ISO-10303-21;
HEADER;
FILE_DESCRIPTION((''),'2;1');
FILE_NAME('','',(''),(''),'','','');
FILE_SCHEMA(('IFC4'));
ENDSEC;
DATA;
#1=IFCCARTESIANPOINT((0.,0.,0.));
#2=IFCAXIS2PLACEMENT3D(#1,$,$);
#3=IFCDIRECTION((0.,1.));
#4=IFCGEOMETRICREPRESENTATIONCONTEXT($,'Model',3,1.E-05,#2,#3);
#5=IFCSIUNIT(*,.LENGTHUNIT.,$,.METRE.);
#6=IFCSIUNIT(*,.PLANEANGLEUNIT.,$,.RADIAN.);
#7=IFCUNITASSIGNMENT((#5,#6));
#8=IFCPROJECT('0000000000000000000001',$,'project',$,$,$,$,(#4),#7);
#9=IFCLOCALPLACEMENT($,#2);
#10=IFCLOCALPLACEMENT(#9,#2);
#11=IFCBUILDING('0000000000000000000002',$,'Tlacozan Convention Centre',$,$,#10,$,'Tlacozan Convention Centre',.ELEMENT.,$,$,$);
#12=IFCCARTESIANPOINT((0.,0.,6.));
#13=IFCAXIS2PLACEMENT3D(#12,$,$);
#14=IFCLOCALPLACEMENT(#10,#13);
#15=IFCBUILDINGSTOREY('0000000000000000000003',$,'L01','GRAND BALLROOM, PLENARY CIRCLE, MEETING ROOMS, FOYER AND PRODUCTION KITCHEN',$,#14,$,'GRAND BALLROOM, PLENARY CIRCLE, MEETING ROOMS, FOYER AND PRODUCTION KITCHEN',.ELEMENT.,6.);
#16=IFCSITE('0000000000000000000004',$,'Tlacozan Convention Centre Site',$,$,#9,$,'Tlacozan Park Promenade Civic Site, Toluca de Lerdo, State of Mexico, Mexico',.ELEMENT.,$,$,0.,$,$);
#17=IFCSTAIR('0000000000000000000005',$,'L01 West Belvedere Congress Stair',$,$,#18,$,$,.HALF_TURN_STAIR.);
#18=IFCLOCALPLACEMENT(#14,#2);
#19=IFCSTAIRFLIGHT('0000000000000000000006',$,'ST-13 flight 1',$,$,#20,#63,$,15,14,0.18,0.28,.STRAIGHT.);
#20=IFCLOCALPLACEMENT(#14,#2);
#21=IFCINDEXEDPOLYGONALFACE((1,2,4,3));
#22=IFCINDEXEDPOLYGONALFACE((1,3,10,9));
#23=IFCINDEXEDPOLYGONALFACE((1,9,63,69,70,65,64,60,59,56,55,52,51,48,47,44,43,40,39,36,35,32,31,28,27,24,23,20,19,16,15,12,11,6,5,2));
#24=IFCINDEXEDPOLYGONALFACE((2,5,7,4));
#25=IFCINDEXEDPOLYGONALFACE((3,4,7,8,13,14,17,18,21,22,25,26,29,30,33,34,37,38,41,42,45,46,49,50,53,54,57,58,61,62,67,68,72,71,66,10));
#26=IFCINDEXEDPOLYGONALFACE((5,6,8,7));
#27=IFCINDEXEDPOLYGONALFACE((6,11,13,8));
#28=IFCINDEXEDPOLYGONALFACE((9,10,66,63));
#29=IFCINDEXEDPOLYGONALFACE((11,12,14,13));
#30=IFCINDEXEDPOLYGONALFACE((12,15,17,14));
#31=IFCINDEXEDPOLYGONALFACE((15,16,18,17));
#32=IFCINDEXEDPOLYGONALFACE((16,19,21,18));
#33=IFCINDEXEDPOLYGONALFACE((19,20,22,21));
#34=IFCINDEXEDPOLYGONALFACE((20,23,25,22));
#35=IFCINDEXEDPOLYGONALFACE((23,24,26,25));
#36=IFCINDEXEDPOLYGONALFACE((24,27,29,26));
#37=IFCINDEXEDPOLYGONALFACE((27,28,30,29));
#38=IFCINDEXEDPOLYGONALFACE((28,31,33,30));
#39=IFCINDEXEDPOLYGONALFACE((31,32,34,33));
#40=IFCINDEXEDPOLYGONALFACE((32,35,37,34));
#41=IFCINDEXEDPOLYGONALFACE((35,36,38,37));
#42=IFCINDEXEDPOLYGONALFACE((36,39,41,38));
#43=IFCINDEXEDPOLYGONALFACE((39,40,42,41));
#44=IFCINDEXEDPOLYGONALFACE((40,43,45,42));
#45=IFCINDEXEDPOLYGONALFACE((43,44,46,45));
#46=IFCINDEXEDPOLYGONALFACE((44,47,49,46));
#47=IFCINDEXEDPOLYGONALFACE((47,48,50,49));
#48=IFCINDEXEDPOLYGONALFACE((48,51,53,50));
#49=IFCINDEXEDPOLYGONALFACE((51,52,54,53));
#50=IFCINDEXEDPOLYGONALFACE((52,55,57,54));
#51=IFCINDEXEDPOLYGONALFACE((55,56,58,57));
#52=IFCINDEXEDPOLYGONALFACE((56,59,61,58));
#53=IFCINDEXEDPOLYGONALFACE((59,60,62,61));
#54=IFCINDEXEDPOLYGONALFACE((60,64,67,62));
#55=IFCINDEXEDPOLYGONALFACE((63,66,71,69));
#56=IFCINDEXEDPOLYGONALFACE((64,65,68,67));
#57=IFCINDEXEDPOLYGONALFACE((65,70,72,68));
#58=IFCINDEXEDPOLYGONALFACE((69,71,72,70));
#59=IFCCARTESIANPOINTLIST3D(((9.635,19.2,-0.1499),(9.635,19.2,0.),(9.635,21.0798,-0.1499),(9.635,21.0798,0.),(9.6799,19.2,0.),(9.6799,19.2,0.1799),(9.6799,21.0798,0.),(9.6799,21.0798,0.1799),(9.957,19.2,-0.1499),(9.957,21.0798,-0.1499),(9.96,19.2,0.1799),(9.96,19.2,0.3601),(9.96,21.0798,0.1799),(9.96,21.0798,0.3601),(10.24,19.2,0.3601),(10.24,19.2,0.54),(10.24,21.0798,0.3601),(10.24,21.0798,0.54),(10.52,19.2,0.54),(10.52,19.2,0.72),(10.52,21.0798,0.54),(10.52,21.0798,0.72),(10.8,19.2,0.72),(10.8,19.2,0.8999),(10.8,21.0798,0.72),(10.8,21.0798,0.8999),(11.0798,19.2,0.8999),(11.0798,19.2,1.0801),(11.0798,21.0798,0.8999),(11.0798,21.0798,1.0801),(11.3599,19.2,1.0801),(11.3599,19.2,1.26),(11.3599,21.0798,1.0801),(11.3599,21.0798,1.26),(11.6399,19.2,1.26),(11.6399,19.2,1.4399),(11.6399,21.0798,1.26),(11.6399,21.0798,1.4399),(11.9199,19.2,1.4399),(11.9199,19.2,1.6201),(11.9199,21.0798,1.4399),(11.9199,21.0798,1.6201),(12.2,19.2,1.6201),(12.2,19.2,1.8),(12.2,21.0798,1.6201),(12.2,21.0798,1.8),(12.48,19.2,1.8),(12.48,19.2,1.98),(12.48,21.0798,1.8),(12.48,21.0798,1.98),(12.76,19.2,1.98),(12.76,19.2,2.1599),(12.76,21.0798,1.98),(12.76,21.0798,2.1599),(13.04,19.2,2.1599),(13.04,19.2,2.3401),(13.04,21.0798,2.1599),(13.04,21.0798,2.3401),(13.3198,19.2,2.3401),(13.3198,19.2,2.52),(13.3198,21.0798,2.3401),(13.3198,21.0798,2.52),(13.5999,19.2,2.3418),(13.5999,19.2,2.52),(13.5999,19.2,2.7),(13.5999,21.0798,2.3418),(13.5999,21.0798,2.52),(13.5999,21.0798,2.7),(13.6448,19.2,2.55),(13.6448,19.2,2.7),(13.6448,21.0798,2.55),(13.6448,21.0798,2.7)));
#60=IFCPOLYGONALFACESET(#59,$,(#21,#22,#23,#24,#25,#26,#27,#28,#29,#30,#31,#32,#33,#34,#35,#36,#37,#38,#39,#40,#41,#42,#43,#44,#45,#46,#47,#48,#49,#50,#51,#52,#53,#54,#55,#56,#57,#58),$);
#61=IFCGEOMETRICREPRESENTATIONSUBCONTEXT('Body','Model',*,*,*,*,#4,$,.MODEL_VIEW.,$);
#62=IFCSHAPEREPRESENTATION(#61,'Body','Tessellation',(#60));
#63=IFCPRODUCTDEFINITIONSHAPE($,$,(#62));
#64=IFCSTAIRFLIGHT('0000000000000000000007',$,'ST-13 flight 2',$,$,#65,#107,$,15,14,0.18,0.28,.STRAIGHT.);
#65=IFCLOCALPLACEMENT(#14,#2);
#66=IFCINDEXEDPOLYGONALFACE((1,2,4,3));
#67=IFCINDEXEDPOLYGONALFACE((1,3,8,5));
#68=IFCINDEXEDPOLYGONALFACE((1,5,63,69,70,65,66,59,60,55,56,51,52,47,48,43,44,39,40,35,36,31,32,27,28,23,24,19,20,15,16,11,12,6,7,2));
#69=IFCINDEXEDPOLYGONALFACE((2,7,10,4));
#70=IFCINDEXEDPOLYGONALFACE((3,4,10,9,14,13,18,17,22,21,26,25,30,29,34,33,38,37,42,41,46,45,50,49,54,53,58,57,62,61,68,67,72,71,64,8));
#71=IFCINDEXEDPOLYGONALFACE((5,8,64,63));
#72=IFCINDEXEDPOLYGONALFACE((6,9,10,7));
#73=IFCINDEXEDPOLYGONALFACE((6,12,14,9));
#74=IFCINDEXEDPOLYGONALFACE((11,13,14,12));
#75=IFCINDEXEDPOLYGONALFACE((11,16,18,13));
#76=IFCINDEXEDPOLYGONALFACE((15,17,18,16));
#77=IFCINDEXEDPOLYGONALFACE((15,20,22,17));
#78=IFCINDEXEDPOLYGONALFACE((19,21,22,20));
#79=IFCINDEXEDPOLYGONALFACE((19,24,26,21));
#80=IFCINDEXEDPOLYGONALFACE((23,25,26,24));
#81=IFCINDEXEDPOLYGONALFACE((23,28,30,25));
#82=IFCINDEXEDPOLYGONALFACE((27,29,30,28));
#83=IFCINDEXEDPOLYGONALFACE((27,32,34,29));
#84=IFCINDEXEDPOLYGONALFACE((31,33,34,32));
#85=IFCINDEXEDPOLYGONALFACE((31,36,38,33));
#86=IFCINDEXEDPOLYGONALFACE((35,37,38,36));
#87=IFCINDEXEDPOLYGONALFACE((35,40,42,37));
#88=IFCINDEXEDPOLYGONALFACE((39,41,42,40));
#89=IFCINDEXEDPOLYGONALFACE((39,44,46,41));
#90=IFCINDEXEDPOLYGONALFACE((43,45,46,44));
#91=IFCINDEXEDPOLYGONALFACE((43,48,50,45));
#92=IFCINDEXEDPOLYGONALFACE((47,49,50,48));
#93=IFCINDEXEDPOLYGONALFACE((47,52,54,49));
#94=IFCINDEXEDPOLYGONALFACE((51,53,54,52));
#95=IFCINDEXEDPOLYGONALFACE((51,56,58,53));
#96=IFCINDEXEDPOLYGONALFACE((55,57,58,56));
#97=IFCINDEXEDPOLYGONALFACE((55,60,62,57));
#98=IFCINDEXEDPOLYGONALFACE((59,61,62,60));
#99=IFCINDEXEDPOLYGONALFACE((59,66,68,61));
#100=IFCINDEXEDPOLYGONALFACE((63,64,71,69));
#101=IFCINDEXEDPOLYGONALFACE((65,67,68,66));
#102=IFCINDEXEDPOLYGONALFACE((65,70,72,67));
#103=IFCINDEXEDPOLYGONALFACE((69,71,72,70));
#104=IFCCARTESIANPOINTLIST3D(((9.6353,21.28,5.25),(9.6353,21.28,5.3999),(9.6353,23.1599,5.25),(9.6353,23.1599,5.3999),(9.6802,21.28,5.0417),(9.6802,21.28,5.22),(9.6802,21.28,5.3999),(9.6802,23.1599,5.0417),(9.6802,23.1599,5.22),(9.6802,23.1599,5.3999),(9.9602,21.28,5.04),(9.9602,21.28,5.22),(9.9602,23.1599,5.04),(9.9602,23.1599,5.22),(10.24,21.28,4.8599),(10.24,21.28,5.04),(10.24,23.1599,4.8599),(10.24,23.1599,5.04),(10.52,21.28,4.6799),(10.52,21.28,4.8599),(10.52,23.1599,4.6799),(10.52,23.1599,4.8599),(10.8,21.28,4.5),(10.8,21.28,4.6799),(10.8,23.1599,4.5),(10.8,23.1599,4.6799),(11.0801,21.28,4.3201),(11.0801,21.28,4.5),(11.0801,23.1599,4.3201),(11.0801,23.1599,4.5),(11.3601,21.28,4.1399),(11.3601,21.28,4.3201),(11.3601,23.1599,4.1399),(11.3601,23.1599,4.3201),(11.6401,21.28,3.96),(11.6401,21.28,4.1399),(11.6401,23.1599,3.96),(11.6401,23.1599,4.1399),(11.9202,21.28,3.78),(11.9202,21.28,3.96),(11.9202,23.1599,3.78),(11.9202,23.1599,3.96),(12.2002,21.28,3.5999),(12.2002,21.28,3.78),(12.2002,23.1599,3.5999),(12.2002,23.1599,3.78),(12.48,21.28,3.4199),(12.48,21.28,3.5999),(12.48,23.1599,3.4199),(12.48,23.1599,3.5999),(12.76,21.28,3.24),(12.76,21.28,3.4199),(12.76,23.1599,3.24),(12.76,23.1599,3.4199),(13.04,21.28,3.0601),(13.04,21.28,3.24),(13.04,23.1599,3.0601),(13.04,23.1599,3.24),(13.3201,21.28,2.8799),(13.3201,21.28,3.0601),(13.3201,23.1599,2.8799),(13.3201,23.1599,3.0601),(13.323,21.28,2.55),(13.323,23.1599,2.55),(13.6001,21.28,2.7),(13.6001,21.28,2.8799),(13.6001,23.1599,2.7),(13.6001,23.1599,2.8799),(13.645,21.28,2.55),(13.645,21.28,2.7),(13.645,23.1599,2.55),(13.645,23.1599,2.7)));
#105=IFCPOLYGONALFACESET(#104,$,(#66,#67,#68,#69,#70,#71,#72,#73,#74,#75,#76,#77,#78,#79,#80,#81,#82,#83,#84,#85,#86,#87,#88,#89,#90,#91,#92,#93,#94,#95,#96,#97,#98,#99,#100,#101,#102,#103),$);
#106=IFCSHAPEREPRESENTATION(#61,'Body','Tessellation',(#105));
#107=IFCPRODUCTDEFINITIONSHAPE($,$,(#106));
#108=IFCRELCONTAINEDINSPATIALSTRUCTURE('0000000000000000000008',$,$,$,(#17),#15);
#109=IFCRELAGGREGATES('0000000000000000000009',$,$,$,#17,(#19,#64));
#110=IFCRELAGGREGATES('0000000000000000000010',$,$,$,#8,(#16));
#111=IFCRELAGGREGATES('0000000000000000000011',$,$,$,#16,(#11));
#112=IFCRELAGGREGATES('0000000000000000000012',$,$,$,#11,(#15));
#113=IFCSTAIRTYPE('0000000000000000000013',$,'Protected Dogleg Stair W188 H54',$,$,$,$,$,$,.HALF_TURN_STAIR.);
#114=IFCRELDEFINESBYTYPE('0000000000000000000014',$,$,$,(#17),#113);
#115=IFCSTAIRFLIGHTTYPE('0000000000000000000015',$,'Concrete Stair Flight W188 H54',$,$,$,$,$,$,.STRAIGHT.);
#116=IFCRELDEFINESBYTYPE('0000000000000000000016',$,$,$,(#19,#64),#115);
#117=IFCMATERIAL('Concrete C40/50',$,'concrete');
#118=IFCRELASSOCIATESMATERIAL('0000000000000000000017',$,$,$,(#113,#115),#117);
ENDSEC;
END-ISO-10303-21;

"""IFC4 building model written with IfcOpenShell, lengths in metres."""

from ifc_helpers import new_model, si_unit, direction, frame, origin, place, context, subcontext, project, spatial, polyline, outline, extrude, material, type_object, element, aggregate, save


model = new_model("IFC4")

# Units and contexts
model_context = context("Model", 3, precision=1e-05, world=origin(), true_north=direction((0.0, 1.0)))
body_context = subcontext(model_context, "Body", "Model", "MODEL_VIEW")
ifc_project = project(units=[si_unit("LENGTHUNIT", "METRE"), si_unit("PLANEANGLEUNIT", "RADIAN")], contexts=[model_context])

# Site, building, storey
site_placement = place(None, origin())
site = spatial("IfcSite", under=ifc_project, at=site_placement, Name="Tlacozan Convention Centre Site", LongName="Tlacozan Park Promenade Civic Site, Toluca de Lerdo, State of Mexico, Mexico", CompositionType="ELEMENT", RefElevation=0.0)
building_placement = place(site_placement, origin())
building = spatial("IfcBuilding", under=site, at=building_placement, Name="Tlacozan Convention Centre", LongName="Tlacozan Convention Centre", CompositionType="ELEMENT")
storey_placement = place(building_placement, frame((0.0, 0.0, 6.0)))
storey = spatial("IfcBuildingStorey", under=building, at=storey_placement, Name="L01", Description="GRAND BALLROOM, PLENARY CIRCLE, MEETING ROOMS, FOYER AND PRODUCTION KITCHEN", LongName="GRAND BALLROOM, PLENARY CIRCLE, MEETING ROOMS, FOYER AND PRODUCTION KITCHEN", CompositionType="ELEMENT", Elevation=6.0)

# Shared definitions
ifc_material_1 = material(Name="Concrete C40/50", Category="concrete")

# Stair, stair flights
stair_type = type_object("IfcStairType", Name="Protected Dogleg Stair W188 H54", PredefinedType="HALF_TURN_STAIR", material=ifc_material_1)
stair_placement = place(storey_placement, origin())
stair = element("IfcStair", 1, at=stair_placement, inside=storey, type_object=stair_type, Name="L01 West Belvedere Congress Stair", PredefinedType="HALF_TURN_STAIR")
stair_flight_type = type_object("IfcStairFlightType", Name="Concrete Stair Flight W188 H54", PredefinedType="STRAIGHT", material=ifc_material_1)
stair_flight_1_placement = place(storey_placement, frame((9.6799, 20.1399, 0.0), z_axis=(0.0, 0.0, 1.0), x_axis=(1.0, 0.0, 0.0)))
stair_flight_1 = element("IfcStairFlight", 2, at=stair_flight_1_placement, type_object=stair_flight_type, Name="ST-13 flight 1", NumberOfRisers=15, NumberOfTreads=14, PredefinedType="STRAIGHT", RiserHeight=0.18, TreadLength=0.28, context=body_context, shape_type="SweptSolid", body=[
    extrude(outline(polyline([(-0.0449, -0.1499), (-0.0449, 0.0), (0.0, 0.0), (0.0, 0.1799), (0.28, 0.1799), (0.28, 0.3601), (0.5601, 0.3601), (0.5601, 0.54), (0.8401, 0.54), (0.8401, 0.72), (1.1201, 0.72), (1.1201, 0.8999), (1.3999, 0.8999), (1.3999, 1.0801), (1.6799, 1.0801), (1.6799, 1.26), (1.96, 1.26), (1.96, 1.4399), (2.24, 1.4399), (2.24, 1.6201), (2.52, 1.6201), (2.52, 1.8), (2.8, 1.8), (2.8, 1.98), (3.0801, 1.98), (3.0801, 2.1599), (3.3601, 2.1599), (3.3601, 2.3401), (3.6399, 2.3401), (3.6399, 2.52), (3.9199, 2.52), (3.9199, 2.7), (3.9648, 2.7), (3.9648, 2.55), (3.9199, 2.3418), (0.2771, -0.1499), (-0.0449, -0.1499)])), frame((0.0, 0.9399, 0.0), z_axis=(0.0, -1.0, 0.0), x_axis=(1.0, 0.0, 0.0)), (0.0, 0.0, 1.0), 1.8799),
])
stair_flight_2_placement = place(storey_placement, frame((13.6001, 22.22, 2.7), z_axis=(0.0, 0.0, 1.0), x_axis=(-1.0, 0.0, 0.0)))
stair_flight_2 = element("IfcStairFlight", 3, at=stair_flight_2_placement, type_object=stair_flight_type, Name="ST-13 flight 2", NumberOfRisers=15, NumberOfTreads=14, PredefinedType="STRAIGHT", RiserHeight=0.18, TreadLength=0.28, context=body_context, shape_type="SweptSolid", body=[
    extrude(outline(polyline([(-0.0449, -0.1499), (-0.0449, 0.0), (0.0, 0.0), (0.0, 0.1799), (0.28, 0.1799), (0.28, 0.3601), (0.5601, 0.3601), (0.5601, 0.54), (0.8401, 0.54), (0.8401, 0.72), (1.1201, 0.72), (1.1201, 0.8999), (1.3999, 0.8999), (1.3999, 1.0801), (1.6799, 1.0801), (1.6799, 1.26), (1.96, 1.26), (1.96, 1.4399), (2.24, 1.4399), (2.24, 1.6201), (2.52, 1.6201), (2.52, 1.8), (2.8, 1.8), (2.8, 1.98), (3.0801, 1.98), (3.0801, 2.1599), (3.3601, 2.1599), (3.3601, 2.3401), (3.6399, 2.3401), (3.6399, 2.52), (3.9199, 2.52), (3.9199, 2.7), (3.9648, 2.7), (3.9648, 2.55), (3.9199, 2.3418), (0.2771, -0.1499), (-0.0449, -0.1499)])), frame((0.0, 0.9399, 0.0), z_axis=(0.0, -1.0, 0.0), x_axis=(1.0, 0.0, 0.0)), (0.0, 0.0, 1.0), 1.8799),
])
aggregate(stair, [stair_flight_1, stair_flight_2])

save(model, "model.ifc")
